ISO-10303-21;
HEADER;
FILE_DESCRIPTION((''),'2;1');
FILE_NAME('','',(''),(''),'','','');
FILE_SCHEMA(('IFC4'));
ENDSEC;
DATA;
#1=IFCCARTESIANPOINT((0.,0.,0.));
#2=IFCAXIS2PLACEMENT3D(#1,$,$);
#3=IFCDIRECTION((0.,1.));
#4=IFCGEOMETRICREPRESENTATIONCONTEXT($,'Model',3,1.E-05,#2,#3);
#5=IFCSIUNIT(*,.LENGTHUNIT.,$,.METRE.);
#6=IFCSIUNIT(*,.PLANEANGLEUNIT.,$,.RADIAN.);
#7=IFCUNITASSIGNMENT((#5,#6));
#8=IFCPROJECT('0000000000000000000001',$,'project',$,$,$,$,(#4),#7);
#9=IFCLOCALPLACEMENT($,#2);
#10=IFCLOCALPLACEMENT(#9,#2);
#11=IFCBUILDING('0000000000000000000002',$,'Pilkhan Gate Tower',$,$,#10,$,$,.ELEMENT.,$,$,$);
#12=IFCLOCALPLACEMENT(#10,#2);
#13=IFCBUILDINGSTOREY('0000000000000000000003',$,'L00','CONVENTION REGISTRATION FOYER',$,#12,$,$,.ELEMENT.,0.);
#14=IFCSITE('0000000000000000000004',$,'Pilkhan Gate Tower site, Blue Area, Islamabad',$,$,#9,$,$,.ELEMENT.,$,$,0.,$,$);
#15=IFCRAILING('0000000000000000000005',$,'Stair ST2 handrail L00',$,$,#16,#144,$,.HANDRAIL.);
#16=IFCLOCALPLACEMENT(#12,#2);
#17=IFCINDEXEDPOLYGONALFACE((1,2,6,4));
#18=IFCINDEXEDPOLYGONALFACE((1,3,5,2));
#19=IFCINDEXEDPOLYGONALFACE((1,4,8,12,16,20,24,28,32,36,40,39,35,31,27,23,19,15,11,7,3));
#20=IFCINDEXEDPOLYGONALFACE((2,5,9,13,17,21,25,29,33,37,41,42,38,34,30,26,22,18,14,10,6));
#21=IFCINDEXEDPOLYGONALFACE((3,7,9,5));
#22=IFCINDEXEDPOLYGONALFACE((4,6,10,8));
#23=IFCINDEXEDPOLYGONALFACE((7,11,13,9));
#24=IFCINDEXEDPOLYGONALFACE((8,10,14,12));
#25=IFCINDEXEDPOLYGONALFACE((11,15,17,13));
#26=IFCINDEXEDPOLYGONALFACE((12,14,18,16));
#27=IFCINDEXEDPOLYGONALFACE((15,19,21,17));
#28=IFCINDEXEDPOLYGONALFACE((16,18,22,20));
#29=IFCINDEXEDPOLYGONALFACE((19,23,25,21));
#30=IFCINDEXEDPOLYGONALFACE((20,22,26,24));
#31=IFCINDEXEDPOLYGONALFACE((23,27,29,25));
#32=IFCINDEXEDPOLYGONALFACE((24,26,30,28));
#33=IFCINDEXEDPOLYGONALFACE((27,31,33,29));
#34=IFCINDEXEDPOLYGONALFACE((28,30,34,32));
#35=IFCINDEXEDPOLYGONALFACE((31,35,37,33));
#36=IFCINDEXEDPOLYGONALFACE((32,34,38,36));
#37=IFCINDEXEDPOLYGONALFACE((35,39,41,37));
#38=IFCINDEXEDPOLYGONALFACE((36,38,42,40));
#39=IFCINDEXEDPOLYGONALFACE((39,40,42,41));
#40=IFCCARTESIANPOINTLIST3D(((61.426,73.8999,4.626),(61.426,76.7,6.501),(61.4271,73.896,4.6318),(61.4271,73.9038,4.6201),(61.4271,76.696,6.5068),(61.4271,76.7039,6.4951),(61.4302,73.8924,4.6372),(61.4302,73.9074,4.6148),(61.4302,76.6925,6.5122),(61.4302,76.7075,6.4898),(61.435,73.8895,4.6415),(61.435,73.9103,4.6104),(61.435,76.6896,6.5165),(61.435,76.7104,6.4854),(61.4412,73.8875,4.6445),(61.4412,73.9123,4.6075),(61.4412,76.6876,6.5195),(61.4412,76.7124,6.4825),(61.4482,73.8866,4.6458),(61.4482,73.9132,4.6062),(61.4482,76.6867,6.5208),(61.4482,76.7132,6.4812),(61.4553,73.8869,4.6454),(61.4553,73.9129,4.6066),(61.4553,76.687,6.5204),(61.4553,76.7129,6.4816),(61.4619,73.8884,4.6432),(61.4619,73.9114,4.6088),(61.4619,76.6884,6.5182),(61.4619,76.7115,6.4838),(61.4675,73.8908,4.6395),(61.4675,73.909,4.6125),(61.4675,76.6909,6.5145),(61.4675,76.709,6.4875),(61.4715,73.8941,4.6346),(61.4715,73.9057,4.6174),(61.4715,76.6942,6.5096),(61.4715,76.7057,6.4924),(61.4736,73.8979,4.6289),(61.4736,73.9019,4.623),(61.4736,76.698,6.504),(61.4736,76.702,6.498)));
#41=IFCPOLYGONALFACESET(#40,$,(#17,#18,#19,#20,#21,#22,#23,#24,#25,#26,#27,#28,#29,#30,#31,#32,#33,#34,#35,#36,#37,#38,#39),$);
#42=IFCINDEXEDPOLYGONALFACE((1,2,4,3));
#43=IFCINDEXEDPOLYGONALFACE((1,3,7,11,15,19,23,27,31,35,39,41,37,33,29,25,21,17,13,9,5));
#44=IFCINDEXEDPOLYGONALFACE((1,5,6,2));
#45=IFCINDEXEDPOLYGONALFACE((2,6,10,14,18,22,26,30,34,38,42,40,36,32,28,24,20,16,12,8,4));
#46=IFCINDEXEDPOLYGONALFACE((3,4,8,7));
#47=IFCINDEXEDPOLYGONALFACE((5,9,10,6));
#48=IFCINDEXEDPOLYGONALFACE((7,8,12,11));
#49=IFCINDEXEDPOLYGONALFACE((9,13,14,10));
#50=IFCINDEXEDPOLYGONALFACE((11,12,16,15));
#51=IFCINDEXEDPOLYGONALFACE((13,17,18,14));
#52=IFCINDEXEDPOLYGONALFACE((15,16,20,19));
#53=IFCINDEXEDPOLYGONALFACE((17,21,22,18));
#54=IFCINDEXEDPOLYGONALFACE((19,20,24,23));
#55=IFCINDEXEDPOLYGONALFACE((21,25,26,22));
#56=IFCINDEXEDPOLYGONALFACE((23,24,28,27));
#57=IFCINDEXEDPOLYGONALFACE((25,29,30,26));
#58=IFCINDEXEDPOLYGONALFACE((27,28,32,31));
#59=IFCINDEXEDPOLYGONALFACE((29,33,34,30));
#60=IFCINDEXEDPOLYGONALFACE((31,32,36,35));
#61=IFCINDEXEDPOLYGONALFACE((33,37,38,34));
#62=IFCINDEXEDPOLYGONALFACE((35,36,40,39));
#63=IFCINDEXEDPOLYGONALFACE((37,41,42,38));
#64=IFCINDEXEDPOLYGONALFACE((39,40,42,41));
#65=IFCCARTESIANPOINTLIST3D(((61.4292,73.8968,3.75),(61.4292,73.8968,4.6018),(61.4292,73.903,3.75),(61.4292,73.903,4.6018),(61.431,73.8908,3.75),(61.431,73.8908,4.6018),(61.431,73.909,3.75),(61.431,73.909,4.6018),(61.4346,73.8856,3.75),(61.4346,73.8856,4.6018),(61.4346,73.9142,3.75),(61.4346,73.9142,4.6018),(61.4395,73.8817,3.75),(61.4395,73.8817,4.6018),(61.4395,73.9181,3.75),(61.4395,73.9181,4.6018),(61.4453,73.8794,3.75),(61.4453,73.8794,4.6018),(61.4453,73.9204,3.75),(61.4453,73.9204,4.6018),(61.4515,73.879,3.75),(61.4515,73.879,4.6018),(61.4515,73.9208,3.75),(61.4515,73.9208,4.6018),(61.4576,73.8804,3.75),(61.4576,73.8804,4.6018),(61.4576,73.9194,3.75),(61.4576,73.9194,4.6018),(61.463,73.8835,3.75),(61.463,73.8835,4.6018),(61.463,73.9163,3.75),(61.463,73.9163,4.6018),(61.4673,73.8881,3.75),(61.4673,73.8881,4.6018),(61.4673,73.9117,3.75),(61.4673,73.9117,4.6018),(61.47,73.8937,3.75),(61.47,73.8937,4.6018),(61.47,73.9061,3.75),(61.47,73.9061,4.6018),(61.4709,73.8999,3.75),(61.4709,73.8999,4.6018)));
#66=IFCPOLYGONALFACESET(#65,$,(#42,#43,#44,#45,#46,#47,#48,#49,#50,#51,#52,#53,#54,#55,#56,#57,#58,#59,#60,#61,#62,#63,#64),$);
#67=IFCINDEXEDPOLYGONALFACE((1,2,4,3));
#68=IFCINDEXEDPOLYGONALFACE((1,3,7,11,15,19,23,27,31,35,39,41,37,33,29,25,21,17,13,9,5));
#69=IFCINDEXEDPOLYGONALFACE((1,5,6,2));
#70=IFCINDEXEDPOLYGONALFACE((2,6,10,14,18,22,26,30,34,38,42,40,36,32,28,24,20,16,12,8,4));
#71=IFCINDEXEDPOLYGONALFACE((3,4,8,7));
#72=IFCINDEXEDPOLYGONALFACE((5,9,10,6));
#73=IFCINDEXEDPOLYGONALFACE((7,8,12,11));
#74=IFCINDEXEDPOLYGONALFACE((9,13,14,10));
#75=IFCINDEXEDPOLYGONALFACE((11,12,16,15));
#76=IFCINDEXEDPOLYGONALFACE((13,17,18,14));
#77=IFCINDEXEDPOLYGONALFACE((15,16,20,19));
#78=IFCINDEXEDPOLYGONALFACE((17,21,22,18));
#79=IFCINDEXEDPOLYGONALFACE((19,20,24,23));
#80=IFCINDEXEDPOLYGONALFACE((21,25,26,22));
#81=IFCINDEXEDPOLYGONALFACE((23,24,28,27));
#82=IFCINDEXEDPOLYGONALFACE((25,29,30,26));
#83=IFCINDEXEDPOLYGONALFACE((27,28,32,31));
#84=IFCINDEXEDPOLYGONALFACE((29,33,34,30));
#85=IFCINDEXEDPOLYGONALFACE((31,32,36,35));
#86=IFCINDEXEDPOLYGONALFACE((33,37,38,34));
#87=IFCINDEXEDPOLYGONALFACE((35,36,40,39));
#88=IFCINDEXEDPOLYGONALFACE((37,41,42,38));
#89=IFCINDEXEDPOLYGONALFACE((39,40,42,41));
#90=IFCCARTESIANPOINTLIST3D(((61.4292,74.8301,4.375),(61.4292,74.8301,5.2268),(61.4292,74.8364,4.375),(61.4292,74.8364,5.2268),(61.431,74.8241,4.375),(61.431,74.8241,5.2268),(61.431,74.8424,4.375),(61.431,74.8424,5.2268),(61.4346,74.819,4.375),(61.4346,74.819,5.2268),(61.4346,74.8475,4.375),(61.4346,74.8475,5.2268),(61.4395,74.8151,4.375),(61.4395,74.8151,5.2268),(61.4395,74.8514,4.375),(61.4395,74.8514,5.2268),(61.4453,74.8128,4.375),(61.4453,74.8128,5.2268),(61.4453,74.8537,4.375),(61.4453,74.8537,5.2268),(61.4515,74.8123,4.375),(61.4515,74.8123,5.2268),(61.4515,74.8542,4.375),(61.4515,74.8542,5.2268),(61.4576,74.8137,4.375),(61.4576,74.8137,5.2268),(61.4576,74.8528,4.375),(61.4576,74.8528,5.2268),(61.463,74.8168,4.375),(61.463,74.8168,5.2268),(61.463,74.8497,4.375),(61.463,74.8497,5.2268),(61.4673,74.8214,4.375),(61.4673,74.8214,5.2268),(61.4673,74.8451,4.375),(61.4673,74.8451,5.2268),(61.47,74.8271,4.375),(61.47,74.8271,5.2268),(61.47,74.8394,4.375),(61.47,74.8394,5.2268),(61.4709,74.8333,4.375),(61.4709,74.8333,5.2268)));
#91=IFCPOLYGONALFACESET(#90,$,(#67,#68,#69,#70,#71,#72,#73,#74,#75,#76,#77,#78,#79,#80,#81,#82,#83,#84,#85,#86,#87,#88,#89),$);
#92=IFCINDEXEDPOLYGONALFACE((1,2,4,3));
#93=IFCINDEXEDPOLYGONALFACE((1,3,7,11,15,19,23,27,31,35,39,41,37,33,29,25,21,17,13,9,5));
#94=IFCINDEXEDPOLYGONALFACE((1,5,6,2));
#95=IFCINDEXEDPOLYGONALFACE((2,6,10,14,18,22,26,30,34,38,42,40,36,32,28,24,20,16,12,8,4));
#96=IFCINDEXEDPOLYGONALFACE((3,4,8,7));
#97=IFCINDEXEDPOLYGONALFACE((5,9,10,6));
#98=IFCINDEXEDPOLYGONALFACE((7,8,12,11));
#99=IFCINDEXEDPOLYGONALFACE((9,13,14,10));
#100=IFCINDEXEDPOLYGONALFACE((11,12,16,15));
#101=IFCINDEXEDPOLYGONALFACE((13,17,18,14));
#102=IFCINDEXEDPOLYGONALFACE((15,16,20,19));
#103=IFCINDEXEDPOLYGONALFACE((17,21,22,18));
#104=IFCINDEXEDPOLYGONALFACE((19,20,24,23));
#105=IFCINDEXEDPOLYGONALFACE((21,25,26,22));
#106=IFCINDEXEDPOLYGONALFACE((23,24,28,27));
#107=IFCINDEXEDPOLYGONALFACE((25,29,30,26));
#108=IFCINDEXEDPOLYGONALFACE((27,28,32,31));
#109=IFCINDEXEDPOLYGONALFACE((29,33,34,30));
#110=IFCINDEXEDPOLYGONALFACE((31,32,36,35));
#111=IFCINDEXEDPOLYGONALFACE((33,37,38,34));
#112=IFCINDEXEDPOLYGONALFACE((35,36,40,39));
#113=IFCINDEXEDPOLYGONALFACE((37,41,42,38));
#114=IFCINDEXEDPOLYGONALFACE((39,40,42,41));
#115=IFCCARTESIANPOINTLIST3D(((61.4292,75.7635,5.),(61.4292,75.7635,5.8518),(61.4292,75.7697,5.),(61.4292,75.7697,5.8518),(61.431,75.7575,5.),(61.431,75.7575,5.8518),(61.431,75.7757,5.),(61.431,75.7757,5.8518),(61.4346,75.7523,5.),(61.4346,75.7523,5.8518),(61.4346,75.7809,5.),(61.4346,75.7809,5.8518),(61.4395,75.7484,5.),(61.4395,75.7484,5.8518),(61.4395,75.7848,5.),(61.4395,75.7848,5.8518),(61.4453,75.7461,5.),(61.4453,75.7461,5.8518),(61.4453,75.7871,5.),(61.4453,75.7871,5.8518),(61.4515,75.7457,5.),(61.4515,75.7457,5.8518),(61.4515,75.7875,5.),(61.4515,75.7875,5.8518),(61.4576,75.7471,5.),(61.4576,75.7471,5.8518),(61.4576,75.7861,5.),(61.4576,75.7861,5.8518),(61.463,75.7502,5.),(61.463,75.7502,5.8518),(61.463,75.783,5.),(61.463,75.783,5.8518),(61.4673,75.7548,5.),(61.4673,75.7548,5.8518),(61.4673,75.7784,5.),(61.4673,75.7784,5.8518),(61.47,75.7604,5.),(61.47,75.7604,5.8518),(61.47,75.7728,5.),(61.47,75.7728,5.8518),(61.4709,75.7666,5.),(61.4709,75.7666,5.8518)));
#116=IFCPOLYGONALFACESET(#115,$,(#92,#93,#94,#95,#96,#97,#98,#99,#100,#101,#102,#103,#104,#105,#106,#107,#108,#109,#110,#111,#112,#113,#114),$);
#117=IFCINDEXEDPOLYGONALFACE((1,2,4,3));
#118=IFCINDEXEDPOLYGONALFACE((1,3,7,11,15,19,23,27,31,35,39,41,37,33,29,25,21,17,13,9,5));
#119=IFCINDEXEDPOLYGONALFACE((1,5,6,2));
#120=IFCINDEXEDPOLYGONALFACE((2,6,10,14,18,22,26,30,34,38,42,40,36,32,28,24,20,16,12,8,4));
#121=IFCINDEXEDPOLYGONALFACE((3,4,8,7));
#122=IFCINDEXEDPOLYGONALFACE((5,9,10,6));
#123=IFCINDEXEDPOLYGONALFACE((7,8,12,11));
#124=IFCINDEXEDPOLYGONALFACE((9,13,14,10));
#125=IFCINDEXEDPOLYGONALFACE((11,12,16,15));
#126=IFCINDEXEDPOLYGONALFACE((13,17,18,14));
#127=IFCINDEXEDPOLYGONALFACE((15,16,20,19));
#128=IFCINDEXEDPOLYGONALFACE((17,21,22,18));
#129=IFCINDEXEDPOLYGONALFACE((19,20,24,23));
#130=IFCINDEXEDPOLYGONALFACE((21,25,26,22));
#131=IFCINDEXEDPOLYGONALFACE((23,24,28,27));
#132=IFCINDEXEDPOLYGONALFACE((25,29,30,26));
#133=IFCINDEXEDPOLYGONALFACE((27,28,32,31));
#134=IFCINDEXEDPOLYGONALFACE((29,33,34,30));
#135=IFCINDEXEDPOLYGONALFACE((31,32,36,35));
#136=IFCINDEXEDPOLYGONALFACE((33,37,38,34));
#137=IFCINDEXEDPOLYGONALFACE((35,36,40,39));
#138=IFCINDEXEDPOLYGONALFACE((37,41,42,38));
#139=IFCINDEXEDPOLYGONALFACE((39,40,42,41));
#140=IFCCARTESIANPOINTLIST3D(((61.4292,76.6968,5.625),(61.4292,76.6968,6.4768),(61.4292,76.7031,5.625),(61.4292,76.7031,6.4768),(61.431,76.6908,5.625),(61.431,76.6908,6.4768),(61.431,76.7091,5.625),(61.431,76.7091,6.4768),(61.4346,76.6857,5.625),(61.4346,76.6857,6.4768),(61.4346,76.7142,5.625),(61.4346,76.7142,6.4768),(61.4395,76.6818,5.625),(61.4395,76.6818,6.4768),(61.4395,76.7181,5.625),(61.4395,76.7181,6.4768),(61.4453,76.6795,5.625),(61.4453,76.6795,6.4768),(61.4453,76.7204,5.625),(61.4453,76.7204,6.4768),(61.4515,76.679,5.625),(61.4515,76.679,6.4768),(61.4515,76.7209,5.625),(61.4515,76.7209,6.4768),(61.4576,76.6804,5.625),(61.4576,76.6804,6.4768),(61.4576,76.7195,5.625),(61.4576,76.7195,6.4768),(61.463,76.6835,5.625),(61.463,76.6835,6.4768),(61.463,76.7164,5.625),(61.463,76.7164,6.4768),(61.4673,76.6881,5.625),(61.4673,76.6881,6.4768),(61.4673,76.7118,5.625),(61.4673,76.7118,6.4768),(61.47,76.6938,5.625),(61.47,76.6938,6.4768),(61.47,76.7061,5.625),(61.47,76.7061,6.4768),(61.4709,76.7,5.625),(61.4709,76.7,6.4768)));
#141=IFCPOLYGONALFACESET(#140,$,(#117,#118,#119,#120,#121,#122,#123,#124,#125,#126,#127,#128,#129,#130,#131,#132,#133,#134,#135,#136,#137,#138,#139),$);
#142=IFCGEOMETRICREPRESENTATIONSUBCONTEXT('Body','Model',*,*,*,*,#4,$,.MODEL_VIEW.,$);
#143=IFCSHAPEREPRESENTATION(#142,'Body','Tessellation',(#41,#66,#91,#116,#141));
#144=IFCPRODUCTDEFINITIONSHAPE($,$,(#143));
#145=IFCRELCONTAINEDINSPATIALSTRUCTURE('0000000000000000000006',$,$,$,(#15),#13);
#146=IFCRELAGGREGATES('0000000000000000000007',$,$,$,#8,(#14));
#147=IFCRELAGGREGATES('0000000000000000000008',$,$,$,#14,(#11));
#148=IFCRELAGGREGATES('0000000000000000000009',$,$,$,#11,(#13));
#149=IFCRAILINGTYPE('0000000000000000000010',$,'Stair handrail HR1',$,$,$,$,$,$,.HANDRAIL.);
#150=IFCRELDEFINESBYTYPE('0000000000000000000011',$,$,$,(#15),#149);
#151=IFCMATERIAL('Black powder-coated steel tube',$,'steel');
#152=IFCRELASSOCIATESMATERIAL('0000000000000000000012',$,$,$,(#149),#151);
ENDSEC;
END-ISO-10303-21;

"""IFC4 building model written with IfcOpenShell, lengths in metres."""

from ifc_helpers import new_model, si_unit, direction, frame, origin, origin_2d, place, context, subcontext, project, spatial, circle, extrude, material, type_object, element, save


model = new_model("IFC4")

# Units and contexts
model_context = context("Model", 3, precision=1e-05, world=origin(), true_north=direction((0.0, 1.0)))
body_context = subcontext(model_context, "Body", "Model", "MODEL_VIEW")
ifc_project = project(units=[si_unit("LENGTHUNIT", "METRE"), si_unit("PLANEANGLEUNIT", "RADIAN")], contexts=[model_context])

# Site, building, storey
site_placement = place(None, origin())
site = spatial("IfcSite", under=ifc_project, at=site_placement, Name="Pilkhan Gate Tower site, Blue Area, Islamabad", CompositionType="ELEMENT", RefElevation=0.0)
building_placement = place(site_placement, origin())
building = spatial("IfcBuilding", under=site, at=building_placement, Name="Pilkhan Gate Tower", CompositionType="ELEMENT")
storey_placement = place(building_placement, origin())
storey = spatial("IfcBuildingStorey", under=building, at=storey_placement, Name="L00", Description="CONVENTION REGISTRATION FOYER", CompositionType="ELEMENT", Elevation=0.0)

# Railing
ifc_material_1 = material(Name="Black powder-coated steel tube", Category="steel")
railing_type_1 = type_object("IfcRailingType", Name="Stair handrail HR1", PredefinedType="HANDRAIL", material=ifc_material_1)
railing_1_placement = place(storey_placement, frame((61.45, 73.8999, 3.75)))
element("IfcRailing", 1, at=railing_1_placement, inside=storey, type_object=railing_type_1, Name="Stair ST2 handrail L00", PredefinedType="HANDRAIL", context=body_context, shape_type="SweptSolid", body=[
    extrude(circle(Radius=0.0239, at=origin_2d()), frame((0.0, 0.0, 0.876), z_axis=(0.0, 0.830912, 0.556404), x_axis=(-1.0, 0.0, 0.0)), (0.0, 0.0, 1.0), 3.3699),
    extrude(circle(Radius=0.021, at=origin_2d()), origin(), (0.0, 0.0, 1.0), 0.8518),
    extrude(circle(Radius=0.021, at=origin_2d()), frame((0.0, 0.9333, 0.625)), (0.0, 0.0, 1.0), 0.8518),
    extrude(circle(Radius=0.021, at=origin_2d()), frame((0.0, 1.8667, 1.25)), (0.0, 0.0, 1.0), 0.8518),
    extrude(circle(Radius=0.021, at=origin_2d()), frame((0.0, 2.8, 1.875)), (0.0, 0.0, 1.0), 0.8518),
])

save(model, "model.ifc")
